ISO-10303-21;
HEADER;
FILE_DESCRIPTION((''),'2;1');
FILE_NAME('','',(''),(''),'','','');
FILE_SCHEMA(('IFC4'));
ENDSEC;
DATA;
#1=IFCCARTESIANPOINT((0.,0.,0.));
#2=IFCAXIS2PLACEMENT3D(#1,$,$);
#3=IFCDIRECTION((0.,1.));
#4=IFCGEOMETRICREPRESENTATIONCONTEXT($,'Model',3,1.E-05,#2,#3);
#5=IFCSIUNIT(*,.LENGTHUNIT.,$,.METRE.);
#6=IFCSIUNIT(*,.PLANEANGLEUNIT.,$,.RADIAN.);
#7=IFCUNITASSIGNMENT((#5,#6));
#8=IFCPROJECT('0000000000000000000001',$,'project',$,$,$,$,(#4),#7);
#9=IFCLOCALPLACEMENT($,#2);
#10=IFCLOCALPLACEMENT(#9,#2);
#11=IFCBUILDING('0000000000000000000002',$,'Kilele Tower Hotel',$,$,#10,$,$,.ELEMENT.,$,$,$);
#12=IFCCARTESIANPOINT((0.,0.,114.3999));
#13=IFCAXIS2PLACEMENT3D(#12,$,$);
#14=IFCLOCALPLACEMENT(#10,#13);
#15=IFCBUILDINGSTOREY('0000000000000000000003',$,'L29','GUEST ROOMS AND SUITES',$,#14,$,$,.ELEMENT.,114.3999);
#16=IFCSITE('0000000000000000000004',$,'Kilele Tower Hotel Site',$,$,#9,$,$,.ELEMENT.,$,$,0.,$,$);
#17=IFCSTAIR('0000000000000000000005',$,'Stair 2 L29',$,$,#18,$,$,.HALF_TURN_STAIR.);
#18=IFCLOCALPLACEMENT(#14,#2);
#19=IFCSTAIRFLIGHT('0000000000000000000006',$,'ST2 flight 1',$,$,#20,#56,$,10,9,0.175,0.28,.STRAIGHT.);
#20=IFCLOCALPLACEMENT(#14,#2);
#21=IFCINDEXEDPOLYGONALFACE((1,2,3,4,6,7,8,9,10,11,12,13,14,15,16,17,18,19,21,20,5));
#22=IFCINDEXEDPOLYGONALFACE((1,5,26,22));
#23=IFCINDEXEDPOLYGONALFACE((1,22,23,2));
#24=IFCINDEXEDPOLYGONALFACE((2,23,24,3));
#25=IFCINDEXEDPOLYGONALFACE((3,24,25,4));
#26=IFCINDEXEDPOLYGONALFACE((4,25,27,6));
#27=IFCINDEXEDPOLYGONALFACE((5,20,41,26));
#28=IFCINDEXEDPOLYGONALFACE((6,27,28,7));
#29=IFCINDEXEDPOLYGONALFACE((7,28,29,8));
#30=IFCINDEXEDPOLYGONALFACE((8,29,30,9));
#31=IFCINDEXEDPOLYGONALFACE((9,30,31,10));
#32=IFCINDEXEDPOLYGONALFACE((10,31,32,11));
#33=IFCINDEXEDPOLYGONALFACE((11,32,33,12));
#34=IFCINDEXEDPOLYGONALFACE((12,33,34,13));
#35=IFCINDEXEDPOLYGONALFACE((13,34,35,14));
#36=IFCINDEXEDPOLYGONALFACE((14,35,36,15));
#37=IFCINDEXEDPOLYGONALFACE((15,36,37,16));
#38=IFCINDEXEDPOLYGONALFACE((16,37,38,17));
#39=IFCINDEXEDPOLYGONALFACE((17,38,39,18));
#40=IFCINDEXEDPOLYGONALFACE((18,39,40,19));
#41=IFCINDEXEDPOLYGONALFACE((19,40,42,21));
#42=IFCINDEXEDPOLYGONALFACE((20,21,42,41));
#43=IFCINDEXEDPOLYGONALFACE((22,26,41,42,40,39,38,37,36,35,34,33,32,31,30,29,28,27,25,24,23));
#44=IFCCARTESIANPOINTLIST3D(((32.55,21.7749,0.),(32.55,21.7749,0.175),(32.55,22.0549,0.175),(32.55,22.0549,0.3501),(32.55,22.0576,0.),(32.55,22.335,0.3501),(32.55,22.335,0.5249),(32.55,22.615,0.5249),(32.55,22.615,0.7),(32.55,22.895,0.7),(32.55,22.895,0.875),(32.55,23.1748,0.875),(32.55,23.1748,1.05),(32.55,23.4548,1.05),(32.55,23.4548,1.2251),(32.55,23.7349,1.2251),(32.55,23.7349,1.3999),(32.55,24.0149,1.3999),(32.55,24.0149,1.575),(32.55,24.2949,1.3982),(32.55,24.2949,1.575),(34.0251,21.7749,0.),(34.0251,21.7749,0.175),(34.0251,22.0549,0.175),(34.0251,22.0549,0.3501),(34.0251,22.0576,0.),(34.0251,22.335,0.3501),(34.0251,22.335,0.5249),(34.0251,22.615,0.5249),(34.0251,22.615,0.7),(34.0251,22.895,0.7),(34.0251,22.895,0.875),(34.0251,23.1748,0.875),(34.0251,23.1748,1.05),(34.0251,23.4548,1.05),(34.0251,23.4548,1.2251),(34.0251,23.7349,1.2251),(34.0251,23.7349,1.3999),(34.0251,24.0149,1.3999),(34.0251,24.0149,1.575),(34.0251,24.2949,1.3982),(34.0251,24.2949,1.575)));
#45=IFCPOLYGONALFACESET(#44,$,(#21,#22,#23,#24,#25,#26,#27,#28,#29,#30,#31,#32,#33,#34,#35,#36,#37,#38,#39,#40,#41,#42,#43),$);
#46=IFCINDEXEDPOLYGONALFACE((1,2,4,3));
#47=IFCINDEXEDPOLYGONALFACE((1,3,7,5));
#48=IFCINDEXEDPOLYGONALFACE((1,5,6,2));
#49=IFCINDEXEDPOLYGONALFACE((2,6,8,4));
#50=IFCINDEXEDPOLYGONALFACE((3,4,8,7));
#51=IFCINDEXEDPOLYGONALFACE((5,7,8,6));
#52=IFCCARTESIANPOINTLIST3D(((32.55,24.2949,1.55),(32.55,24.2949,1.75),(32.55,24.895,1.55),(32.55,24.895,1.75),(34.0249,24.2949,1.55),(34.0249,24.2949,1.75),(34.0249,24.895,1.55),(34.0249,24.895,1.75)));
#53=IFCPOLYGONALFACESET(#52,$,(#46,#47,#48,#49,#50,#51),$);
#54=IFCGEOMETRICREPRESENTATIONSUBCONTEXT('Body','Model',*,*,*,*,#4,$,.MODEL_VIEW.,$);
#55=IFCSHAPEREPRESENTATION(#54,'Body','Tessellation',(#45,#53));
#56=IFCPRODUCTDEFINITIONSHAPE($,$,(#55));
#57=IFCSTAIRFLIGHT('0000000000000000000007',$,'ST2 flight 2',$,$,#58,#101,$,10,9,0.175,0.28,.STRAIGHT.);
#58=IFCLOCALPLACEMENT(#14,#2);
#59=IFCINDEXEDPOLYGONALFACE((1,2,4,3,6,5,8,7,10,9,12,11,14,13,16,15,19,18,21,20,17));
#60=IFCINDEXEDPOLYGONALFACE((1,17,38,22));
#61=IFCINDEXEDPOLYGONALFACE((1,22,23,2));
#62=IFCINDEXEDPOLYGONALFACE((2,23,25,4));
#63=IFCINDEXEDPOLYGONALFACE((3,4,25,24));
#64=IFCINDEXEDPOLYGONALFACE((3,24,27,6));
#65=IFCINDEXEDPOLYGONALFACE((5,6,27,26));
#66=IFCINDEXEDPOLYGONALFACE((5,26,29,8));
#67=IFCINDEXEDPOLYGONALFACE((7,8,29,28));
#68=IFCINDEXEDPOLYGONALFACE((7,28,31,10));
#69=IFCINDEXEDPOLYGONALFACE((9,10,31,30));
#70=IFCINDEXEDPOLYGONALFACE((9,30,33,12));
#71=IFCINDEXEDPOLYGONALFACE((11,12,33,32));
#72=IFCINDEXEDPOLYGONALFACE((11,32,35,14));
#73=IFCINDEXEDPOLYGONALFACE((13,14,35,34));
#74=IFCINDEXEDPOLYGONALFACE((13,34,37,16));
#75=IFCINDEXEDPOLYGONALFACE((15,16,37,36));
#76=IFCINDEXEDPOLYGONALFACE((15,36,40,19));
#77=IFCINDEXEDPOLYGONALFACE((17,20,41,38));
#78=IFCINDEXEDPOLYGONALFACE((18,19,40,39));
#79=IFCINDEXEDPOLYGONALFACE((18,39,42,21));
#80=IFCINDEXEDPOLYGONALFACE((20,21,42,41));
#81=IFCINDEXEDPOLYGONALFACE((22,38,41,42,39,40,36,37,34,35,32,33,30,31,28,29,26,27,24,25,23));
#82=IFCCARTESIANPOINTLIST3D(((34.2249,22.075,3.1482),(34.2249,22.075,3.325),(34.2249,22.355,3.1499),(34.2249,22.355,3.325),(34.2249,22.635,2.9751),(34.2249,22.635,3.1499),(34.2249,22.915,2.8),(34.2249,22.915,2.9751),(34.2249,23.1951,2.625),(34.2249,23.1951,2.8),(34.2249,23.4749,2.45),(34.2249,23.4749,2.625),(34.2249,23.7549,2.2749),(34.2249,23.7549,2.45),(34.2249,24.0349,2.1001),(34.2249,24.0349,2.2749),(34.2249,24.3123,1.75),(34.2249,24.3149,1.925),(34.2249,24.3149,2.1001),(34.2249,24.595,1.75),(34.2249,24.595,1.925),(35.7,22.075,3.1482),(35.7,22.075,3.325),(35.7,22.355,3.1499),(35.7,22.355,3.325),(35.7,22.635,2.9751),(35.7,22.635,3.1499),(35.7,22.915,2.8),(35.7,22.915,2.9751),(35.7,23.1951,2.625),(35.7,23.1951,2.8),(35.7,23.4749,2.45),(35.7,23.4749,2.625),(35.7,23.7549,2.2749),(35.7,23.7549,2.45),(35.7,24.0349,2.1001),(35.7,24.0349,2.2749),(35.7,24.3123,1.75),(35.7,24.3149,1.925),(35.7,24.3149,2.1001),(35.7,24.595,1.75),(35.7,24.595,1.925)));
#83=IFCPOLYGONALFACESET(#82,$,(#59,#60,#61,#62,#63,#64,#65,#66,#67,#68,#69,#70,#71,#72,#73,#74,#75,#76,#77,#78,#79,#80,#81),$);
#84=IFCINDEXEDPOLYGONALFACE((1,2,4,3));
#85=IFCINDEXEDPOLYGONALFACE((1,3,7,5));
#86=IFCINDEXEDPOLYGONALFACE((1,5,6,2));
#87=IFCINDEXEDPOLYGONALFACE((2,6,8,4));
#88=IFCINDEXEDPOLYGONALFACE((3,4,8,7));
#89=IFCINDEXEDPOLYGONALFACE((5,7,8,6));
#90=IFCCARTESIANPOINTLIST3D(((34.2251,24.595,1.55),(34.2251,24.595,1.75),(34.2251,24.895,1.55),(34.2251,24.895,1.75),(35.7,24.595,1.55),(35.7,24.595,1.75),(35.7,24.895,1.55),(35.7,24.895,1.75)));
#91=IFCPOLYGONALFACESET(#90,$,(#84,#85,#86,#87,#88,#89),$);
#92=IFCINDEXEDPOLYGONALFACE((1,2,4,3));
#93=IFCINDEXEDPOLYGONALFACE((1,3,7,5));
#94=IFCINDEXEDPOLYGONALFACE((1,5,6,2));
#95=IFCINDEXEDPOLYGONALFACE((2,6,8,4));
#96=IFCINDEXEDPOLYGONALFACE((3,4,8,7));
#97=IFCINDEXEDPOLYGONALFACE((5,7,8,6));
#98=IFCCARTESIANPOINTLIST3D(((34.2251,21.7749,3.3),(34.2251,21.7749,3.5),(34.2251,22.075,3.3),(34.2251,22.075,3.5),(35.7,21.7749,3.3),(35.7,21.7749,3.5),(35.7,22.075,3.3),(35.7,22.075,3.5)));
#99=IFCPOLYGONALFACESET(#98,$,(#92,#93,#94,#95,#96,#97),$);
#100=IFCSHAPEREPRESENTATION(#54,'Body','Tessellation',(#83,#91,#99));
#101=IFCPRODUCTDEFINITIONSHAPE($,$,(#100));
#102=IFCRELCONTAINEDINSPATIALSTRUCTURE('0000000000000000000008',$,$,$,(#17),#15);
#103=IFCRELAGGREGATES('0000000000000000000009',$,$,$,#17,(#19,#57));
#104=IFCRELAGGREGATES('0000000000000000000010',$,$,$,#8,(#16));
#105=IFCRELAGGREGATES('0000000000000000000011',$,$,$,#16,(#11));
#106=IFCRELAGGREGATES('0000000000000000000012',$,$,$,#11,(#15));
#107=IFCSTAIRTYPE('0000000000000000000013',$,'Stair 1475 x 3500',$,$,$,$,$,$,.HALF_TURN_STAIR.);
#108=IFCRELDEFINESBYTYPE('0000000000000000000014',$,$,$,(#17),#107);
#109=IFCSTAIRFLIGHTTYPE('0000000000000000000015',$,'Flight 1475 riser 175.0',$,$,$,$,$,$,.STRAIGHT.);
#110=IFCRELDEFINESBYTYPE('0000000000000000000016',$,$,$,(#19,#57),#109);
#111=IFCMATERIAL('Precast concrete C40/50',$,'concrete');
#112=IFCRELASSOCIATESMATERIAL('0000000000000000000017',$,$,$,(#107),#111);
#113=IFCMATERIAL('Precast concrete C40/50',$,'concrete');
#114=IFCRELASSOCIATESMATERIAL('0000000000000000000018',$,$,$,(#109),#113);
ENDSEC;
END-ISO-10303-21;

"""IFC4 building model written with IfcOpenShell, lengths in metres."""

from ifc_helpers import new_model, si_unit, direction, frame, origin, place, context, subcontext, project, spatial, polyline, outline, extrude, material, type_object, element, aggregate, save


model = new_model("IFC4")

# Units and contexts
model_context = context("Model", 3, precision=1e-05, world=origin(), true_north=direction((0.0, 1.0)))
body_context = subcontext(model_context, "Body", "Model", "MODEL_VIEW")
ifc_project = project(units=[si_unit("LENGTHUNIT", "METRE"), si_unit("PLANEANGLEUNIT", "RADIAN")], contexts=[model_context])

# Site, building, storey
site_placement = place(None, origin())
site = spatial("IfcSite", under=ifc_project, at=site_placement, Name="Kilele Tower Hotel Site", CompositionType="ELEMENT", RefElevation=0.0)
building_placement = place(site_placement, origin())
building = spatial("IfcBuilding", under=site, at=building_placement, Name="Kilele Tower Hotel", CompositionType="ELEMENT")
storey_placement = place(building_placement, frame((0.0, 0.0, 114.3999)))
storey = spatial("IfcBuildingStorey", under=building, at=storey_placement, Name="L29", Description="GUEST ROOMS AND SUITES", CompositionType="ELEMENT", Elevation=114.3999)

# Stair, stair flights
ifc_material_1 = material(Name="Precast concrete C40/50", Category="concrete")
stair_type = type_object("IfcStairType", Name="Stair 1475 x 3500", PredefinedType="HALF_TURN_STAIR", material=ifc_material_1)
stair_placement = place(storey_placement, origin())
stair = element("IfcStair", 1, at=stair_placement, inside=storey, type_object=stair_type, Name="Stair 2 L29", PredefinedType="HALF_TURN_STAIR")
ifc_material_2 = material(Name="Precast concrete C40/50", Category="concrete")
stair_flight_type = type_object("IfcStairFlightType", Name="Flight 1475 riser 175.0", PredefinedType="STRAIGHT", material=ifc_material_2)
stair_flight_1_placement = place(storey_placement, frame((33.2876, 21.7749, 0.0), z_axis=(0.0, 0.0, 1.0), x_axis=(0.0, 1.0, 0.0)))
stair_flight_1 = element("IfcStairFlight", 2, at=stair_flight_1_placement, type_object=stair_flight_type, Name="ST2 flight 1", NumberOfRisers=10, NumberOfTreads=9, PredefinedType="STRAIGHT", RiserHeight=0.175, TreadLength=0.28, context=body_context, shape_type="SweptSolid", body=[
    extrude(outline(polyline([(0.0, 0.0), (0.0, 0.175), (0.28, 0.175), (0.28, 0.3501), (0.5601, 0.3501), (0.5601, 0.5249), (0.8401, 0.5249), (0.8401, 0.7), (1.1201, 0.7), (1.1201, 0.875), (1.3999, 0.875), (1.3999, 1.05), (1.6799, 1.05), (1.6799, 1.2251), (1.96, 1.2251), (1.96, 1.3999), (2.24, 1.3999), (2.24, 1.575), (2.52, 1.575), (2.52, 1.75), (2.52, 1.3982), (0.2827, 0.0), (0.0, 0.0)])), frame((0.0, 0.7375, 0.0), z_axis=(0.0, -1.0, 0.0), x_axis=(1.0, 0.0, 0.0)), (0.0, 0.0, 1.0), 1.4751),
    extrude(outline(polyline([(2.52, 0.7375), (2.52, -0.7373), (3.1201, -0.7373), (3.1201, 0.7375), (2.52, 0.7375)])), frame((0.0, 0.0, 1.55)), (0.0, 0.0, 1.0), 0.2),
])
stair_flight_2_placement = place(storey_placement, frame((34.9624, 24.595, 1.75), z_axis=(0.0, 0.0, 1.0), x_axis=(0.0, -1.0, 0.0)))
stair_flight_2 = element("IfcStairFlight", 3, at=stair_flight_2_placement, type_object=stair_flight_type, Name="ST2 flight 2", NumberOfRisers=10, NumberOfTreads=9, PredefinedType="STRAIGHT", RiserHeight=0.175, TreadLength=0.28, context=body_context, shape_type="SweptSolid", body=[
    extrude(outline(polyline([(0.0, 0.0), (0.0, 0.175), (0.28, 0.175), (0.28, 0.3501), (0.5601, 0.3501), (0.5601, 0.5249), (0.8401, 0.5249), (0.8401, 0.7), (1.1201, 0.7), (1.1201, 0.875), (1.3999, 0.875), (1.3999, 1.05), (1.6799, 1.05), (1.6799, 1.2251), (1.96, 1.2251), (1.96, 1.3999), (2.24, 1.3999), (2.24, 1.575), (2.52, 1.575), (2.52, 1.75), (2.52, 1.3982), (0.2827, 0.0), (0.0, 0.0)])), frame((0.0, 0.7375, 0.0), z_axis=(0.0, -1.0, 0.0), x_axis=(1.0, 0.0, 0.0)), (0.0, 0.0, 1.0), 1.4751),
    extrude(outline(polyline([(0.0, -0.7373), (0.0, 0.7375), (-0.3, 0.7375), (-0.3, -0.7373), (0.0, -0.7373)])), frame((0.0, 0.0, -0.2)), (0.0, 0.0, 1.0), 0.2),
    extrude(outline(polyline([(2.8201, -0.7373), (2.8201, 0.7375), (2.52, 0.7375), (2.52, -0.7373), (2.8201, -0.7373)])), frame((0.0, 0.0, 1.55)), (0.0, 0.0, 1.0), 0.2),
])
aggregate(stair, [stair_flight_1, stair_flight_2])

save(model, "model.ifc")
